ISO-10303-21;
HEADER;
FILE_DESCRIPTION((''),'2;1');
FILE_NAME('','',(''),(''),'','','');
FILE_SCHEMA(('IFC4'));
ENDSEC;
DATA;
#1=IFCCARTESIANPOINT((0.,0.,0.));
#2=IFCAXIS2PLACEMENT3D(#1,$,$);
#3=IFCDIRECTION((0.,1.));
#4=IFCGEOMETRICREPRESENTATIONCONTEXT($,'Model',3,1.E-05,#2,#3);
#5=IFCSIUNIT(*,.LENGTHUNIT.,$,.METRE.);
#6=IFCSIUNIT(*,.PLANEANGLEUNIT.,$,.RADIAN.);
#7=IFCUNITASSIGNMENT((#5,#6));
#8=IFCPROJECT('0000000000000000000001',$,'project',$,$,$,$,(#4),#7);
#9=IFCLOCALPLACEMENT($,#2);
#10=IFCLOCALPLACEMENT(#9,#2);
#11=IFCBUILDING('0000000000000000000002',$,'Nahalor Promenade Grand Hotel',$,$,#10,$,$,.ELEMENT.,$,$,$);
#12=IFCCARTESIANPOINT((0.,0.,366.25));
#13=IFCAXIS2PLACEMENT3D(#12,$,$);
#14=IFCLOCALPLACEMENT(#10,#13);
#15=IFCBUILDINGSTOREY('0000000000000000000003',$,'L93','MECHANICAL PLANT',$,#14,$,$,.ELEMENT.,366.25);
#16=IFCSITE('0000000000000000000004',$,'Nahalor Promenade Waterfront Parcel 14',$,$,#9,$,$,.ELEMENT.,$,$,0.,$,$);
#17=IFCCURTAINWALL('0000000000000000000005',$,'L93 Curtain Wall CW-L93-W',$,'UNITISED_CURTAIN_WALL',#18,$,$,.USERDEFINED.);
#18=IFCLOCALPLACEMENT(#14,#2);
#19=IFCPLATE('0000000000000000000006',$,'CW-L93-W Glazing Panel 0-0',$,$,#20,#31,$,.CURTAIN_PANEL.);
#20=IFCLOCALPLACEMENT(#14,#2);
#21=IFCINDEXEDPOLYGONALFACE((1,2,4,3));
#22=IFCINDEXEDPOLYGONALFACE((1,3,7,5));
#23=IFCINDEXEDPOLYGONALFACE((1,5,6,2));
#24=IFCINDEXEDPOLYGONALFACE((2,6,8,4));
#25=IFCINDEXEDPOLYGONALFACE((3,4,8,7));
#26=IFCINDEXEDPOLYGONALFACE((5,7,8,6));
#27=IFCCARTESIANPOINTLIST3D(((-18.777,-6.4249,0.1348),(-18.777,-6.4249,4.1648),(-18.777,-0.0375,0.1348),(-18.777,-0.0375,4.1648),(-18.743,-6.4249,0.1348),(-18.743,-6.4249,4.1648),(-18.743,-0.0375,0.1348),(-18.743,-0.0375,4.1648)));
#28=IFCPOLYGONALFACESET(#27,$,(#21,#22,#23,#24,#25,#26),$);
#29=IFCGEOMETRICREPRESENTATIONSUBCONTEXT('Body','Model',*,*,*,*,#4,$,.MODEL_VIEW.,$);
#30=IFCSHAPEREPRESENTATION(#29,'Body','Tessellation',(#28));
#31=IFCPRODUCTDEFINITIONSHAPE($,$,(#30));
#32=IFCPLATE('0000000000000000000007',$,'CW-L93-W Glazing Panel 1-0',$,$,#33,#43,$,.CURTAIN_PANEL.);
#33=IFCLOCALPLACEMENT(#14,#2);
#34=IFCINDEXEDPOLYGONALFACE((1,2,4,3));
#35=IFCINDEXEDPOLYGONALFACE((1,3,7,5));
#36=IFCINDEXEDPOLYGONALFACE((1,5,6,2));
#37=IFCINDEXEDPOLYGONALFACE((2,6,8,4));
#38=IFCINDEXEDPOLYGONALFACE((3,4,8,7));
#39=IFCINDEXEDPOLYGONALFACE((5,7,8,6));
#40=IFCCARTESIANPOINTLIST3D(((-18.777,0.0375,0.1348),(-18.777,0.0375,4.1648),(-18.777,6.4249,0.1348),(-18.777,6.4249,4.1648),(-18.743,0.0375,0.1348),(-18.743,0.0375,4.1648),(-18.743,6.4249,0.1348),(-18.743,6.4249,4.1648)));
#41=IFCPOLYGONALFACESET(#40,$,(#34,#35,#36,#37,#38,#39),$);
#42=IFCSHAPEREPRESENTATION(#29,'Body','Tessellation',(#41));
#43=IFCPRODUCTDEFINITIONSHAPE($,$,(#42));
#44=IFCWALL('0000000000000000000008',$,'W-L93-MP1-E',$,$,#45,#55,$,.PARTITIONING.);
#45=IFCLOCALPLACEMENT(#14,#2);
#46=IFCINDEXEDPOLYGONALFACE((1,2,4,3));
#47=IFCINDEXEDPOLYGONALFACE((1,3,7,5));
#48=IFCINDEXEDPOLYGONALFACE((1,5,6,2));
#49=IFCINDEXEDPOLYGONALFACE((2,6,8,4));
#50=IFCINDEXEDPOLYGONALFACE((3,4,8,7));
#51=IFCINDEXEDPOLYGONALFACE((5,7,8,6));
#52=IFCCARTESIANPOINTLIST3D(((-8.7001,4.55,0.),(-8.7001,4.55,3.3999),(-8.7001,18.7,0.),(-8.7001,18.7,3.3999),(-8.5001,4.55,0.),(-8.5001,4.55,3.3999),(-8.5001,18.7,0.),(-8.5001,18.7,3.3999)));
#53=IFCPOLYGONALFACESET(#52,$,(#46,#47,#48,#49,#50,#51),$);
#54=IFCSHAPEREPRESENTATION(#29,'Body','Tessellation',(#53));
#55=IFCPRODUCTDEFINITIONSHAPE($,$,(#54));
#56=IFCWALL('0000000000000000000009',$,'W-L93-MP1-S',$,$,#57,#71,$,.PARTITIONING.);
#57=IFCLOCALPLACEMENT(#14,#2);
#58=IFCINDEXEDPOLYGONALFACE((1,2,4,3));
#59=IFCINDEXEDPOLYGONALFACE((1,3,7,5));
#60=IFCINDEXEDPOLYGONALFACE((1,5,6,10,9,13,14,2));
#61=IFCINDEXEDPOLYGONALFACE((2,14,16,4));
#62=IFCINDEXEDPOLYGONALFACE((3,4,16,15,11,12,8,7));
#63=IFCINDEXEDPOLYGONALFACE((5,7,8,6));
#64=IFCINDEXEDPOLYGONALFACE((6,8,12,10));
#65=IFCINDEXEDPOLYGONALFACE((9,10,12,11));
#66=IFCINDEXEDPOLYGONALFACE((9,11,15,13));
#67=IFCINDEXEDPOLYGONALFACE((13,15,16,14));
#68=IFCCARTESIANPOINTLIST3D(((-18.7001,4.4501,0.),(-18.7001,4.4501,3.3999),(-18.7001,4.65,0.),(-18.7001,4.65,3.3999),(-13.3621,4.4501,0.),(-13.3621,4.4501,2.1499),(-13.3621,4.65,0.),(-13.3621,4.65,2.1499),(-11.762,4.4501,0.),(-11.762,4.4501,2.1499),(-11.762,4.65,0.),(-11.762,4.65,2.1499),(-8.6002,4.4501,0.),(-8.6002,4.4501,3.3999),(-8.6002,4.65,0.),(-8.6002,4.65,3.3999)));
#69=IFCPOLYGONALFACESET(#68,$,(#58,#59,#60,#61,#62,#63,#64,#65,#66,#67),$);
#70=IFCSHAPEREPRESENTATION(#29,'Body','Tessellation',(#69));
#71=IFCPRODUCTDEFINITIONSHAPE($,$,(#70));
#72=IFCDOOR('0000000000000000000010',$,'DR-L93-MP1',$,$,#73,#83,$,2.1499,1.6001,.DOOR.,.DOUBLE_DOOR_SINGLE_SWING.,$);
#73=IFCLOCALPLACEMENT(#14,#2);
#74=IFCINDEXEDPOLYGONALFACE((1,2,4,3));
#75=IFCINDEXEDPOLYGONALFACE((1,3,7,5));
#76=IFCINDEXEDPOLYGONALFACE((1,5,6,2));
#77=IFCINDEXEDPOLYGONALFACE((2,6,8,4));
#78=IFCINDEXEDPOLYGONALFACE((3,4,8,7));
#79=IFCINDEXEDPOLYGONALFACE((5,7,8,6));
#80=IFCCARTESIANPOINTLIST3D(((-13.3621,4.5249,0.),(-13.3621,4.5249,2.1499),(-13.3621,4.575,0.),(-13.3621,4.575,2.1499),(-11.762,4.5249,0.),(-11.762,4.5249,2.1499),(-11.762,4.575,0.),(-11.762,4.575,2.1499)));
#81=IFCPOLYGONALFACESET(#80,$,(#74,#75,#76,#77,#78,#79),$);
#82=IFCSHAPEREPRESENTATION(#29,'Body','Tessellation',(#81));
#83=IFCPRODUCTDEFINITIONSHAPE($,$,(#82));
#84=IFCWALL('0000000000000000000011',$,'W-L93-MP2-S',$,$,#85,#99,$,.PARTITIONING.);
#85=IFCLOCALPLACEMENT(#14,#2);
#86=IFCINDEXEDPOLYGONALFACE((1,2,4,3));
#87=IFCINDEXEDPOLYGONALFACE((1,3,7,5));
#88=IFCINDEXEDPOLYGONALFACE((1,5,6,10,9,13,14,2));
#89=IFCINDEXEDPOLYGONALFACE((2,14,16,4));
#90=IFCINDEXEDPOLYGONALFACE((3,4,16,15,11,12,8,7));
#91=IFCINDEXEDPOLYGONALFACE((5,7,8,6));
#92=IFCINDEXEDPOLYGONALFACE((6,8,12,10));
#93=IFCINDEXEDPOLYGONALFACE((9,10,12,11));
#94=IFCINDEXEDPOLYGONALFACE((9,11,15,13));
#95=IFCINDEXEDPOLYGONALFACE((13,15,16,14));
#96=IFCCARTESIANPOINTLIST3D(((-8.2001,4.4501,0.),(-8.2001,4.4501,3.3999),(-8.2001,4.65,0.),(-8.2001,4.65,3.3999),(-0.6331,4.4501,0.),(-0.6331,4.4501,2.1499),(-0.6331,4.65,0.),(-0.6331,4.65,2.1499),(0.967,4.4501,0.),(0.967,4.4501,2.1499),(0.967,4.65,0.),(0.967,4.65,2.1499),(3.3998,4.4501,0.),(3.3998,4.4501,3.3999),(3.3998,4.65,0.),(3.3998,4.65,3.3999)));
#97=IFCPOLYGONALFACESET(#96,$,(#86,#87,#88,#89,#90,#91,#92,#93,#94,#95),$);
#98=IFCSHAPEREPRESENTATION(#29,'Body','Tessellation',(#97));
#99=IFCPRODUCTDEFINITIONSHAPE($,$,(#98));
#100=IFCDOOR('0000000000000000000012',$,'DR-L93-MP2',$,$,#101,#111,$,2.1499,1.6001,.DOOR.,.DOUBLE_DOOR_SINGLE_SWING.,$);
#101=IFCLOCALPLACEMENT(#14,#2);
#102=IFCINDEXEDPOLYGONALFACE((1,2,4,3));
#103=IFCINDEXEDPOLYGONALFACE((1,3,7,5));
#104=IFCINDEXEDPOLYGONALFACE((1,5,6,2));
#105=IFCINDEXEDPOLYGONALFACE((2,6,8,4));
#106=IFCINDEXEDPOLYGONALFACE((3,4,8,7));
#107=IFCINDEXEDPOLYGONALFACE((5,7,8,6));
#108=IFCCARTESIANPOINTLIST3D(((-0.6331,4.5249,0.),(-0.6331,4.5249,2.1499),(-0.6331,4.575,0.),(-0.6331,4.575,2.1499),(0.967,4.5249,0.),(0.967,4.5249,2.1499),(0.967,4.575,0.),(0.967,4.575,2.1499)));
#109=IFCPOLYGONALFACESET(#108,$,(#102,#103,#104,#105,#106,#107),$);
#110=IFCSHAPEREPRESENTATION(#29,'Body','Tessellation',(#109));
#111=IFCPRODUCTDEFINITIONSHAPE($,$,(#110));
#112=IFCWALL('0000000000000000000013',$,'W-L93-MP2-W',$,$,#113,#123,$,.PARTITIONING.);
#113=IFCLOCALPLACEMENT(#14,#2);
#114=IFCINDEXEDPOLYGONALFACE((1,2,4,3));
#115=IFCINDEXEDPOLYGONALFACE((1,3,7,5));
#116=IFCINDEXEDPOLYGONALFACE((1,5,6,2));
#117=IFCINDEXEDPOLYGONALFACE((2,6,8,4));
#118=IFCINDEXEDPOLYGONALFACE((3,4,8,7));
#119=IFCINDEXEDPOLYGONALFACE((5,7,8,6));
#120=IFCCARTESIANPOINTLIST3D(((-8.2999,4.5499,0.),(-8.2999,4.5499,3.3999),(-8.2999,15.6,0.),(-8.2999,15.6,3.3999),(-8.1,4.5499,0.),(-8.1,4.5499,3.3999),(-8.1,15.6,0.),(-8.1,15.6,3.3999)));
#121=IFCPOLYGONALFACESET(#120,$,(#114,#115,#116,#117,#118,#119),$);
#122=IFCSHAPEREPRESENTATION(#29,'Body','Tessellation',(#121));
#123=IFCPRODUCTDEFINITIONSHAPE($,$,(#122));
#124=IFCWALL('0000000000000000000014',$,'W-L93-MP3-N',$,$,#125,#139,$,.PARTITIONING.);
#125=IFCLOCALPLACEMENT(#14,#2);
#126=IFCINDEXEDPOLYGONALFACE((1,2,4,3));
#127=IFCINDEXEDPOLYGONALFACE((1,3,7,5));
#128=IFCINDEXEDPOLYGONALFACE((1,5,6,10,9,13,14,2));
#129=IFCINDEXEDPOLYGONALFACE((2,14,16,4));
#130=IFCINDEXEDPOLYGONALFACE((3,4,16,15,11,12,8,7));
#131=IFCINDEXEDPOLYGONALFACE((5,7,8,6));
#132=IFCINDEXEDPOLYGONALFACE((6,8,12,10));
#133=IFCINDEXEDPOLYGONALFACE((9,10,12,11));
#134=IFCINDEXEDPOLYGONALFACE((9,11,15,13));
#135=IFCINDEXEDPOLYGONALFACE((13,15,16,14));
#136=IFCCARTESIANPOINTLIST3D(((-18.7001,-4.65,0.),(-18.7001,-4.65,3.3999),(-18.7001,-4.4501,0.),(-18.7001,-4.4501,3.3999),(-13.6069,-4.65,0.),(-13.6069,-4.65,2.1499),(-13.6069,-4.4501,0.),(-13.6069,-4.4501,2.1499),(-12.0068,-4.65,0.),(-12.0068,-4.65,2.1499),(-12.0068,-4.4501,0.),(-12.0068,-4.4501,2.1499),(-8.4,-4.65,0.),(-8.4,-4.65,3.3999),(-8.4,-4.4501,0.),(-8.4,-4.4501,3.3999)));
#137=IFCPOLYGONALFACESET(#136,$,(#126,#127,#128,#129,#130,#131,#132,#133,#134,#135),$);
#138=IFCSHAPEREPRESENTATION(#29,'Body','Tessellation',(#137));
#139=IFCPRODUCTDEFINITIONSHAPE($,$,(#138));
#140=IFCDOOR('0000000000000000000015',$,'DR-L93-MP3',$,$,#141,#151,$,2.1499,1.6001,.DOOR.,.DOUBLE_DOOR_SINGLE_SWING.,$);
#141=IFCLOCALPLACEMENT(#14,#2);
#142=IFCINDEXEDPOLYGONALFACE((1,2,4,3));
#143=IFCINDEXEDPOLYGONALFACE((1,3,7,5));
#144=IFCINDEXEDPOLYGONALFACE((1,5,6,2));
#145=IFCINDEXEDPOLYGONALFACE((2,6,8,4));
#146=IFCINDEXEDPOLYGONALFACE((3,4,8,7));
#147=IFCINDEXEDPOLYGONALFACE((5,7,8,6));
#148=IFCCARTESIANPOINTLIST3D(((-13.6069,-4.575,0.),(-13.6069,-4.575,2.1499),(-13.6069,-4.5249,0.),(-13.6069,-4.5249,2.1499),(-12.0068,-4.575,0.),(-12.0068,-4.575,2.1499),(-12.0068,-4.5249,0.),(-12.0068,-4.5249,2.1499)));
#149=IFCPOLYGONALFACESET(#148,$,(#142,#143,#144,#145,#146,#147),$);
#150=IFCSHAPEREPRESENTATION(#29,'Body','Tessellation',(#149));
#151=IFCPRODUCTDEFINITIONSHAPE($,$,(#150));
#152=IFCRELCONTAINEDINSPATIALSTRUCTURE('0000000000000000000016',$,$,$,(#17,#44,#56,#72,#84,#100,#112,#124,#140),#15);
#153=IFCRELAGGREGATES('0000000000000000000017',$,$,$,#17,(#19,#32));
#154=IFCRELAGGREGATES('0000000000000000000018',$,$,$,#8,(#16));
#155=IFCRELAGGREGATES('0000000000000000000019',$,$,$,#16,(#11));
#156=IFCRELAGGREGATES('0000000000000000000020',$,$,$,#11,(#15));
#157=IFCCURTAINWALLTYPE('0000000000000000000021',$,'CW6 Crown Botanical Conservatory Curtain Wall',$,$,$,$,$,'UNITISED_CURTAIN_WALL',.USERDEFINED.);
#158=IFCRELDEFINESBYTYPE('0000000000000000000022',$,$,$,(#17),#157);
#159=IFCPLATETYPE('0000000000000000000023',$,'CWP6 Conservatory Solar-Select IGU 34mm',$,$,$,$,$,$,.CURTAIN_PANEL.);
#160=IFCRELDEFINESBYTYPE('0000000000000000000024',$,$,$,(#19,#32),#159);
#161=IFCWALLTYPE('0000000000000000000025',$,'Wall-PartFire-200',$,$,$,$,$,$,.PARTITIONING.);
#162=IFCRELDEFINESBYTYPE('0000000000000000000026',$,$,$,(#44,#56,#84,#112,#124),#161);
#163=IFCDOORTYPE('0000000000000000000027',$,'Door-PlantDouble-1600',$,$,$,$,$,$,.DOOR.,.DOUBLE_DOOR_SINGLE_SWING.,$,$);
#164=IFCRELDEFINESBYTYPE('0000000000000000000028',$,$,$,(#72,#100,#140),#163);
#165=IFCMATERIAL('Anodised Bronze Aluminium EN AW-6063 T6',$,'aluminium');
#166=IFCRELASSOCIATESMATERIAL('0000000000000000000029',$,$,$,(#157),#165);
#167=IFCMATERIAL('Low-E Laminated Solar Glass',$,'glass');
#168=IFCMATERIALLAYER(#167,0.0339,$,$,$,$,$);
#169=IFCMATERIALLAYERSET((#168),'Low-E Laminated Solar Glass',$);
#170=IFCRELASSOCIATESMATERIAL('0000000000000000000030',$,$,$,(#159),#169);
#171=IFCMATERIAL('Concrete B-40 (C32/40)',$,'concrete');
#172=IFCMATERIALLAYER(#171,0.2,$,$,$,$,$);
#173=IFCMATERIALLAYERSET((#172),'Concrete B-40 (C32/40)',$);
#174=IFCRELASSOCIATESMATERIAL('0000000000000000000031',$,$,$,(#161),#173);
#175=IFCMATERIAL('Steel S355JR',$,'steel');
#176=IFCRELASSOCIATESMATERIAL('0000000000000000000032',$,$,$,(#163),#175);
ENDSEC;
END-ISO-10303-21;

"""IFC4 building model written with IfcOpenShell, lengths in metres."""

from ifc_helpers import new_model, si_unit, direction, frame, frame_2d, origin, origin_2d, place, context, subcontext, project, spatial, rectangle, extrude, source, transform, mapped, material, layer, layer_set, type_object, element, fill, aggregate, save


model = new_model("IFC4")

# Units and contexts
model_context = context("Model", 3, precision=1e-05, world=origin(), true_north=direction((0.0, 1.0)))
body_context = subcontext(model_context, "Body", "Model", "MODEL_VIEW")
ifc_project = project(units=[si_unit("LENGTHUNIT", "METRE"), si_unit("PLANEANGLEUNIT", "RADIAN")], contexts=[model_context])

# Site, building, storey
site_placement = place(None, origin())
site = spatial("IfcSite", under=ifc_project, at=site_placement, Name="Nahalor Promenade Waterfront Parcel 14", CompositionType="ELEMENT", RefElevation=0.0)
building_placement = place(site_placement, origin())
building = spatial("IfcBuilding", under=site, at=building_placement, Name="Nahalor Promenade Grand Hotel", CompositionType="ELEMENT")
storey_placement = place(building_placement, frame((0.0, 0.0, 366.25)))
storey = spatial("IfcBuildingStorey", under=building, at=storey_placement, Name="L93", Description="MECHANICAL PLANT", CompositionType="ELEMENT", Elevation=366.25)

# Shared definitions
ifc_material_1 = material(Name="Steel S355JR", Category="steel")

# Curtain wall
ifc_material_2 = material(Name="Anodised Bronze Aluminium EN AW-6063 T6", Category="aluminium")
curtain_wall_type = type_object("IfcCurtainWallType", Name="CW6 Crown Botanical Conservatory Curtain Wall", ElementType="UNITISED_CURTAIN_WALL", PredefinedType="USERDEFINED", material=ifc_material_2)
curtain_wall_placement = place(storey_placement, origin())
curtain_wall = element("IfcCurtainWall", 1, at=curtain_wall_placement, inside=storey, type_object=curtain_wall_type, Name="L93 Curtain Wall CW-L93-W", ObjectType="UNITISED_CURTAIN_WALL", PredefinedType="USERDEFINED")

# Plates
ifc_material_3 = material(Name="Low-E Laminated Solar Glass", Category="glass")
ifc_layer_1 = layer(ifc_material_3, 0.0339)
ifc_layer_set_1 = layer_set([ifc_layer_1], Name="Low-E Laminated Solar Glass")
plate_type = type_object("IfcPlateType", Name="CWP6 Conservatory Solar-Select IGU 34mm", PredefinedType="CURTAIN_PANEL", material=ifc_layer_set_1)
shared_shape_1 = source(origin(), body_context, "Body", "SweptSolid", [
    extrude(rectangle(XDim=6.3875, YDim=0.0339, at=origin_2d()), origin(), (0.0, 0.0, 1.0), 4.03),
])
plate_1_placement = place(storey_placement, frame((-18.76, -3.2312, 0.1348), z_axis=(0.0, 0.0, 1.0), x_axis=(0.0, 1.0, 0.0)))
plate_1 = element("IfcPlate", 2, at=plate_1_placement, type_object=plate_type, Name="CW-L93-W Glazing Panel 0-0", PredefinedType="CURTAIN_PANEL", context=body_context, shape_type="MappedRepresentation", body=[
    mapped(shared_shape_1, transform((0.0, 0.0, 0.0), scale=1.0)),
])
plate_2_placement = place(storey_placement, frame((-18.76, 3.2312, 0.1348), z_axis=(0.0, 0.0, 1.0), x_axis=(0.0, 1.0, 0.0)))
plate_2 = element("IfcPlate", 3, at=plate_2_placement, type_object=plate_type, Name="CW-L93-W Glazing Panel 1-0", PredefinedType="CURTAIN_PANEL", context=body_context, shape_type="MappedRepresentation", body=[
    mapped(shared_shape_1, transform((0.0, 0.0, 0.0), scale=1.0)),
])
aggregate(curtain_wall, [plate_1, plate_2])

# Wall
ifc_material_4 = material(Name="Concrete B-40 (C32/40)", Category="concrete")
ifc_layer_2 = layer(ifc_material_4, 0.2)
ifc_layer_set_2 = layer_set([ifc_layer_2], Name="Concrete B-40 (C32/40)")
wall_type = type_object("IfcWallType", Name="Wall-PartFire-200", PredefinedType="PARTITIONING", material=ifc_layer_set_2)
shared_shape_2 = source(origin(), body_context, "Body", "SweptSolid", [
    extrude(rectangle(XDim=14.1499, YDim=0.2, at=frame_2d((7.075, 0.0))), origin(), (0.0, 0.0, 1.0), 3.3999),
])
wall_1_placement = place(storey_placement, frame((-8.6001, 4.55, 0.0), z_axis=(0.0, 0.0, 1.0), x_axis=(0.0, 1.0, 0.0)))
element("IfcWall", 4, at=wall_1_placement, inside=storey, type_object=wall_type, Name="W-L93-MP1-E", PredefinedType="PARTITIONING", context=body_context, shape_type="MappedRepresentation", body=[
    mapped(shared_shape_2, transform((0.0, 0.0, 0.0), scale=1.0)),
])

# Walls, openings, doors
shared_shape_3 = source(origin(), body_context, "Body", "SweptSolid", [
    extrude(rectangle(XDim=10.0999, YDim=0.2, at=frame_2d((5.0498, 0.0))), origin(), (0.0, 0.0, 1.0), 3.3999),
])
wall_2_placement = place(storey_placement, frame((-18.7, 4.55, 0.0), z_axis=(0.0, 0.0, 1.0), x_axis=(1.0, 0.0, 0.0)))
wall_2 = element("IfcWall", 5, at=wall_2_placement, inside=storey, type_object=wall_type, Name="W-L93-MP1-S", PredefinedType="PARTITIONING", context=body_context, shape_type="MappedRepresentation", body=[
    mapped(shared_shape_3, transform((0.0, 0.0, 0.0), scale=1.0)),
])
opening_1_placement = place(wall_2_placement, frame((5.3379, 0.0, 0.0)))
opening_1 = element("IfcOpeningElement", 6, at=opening_1_placement, cuts=wall_2, PredefinedType="OPENING", context=body_context, shape_type="SweptSolid", body=[
    extrude(rectangle(XDim=1.6001, YDim=2.1499, at=frame_2d((0.8, 1.075))), frame((0.0, 0.1099, 0.0), z_axis=(0.0, -1.0, 0.0), x_axis=(1.0, 0.0, 0.0)), (0.0, 0.0, 1.0), 0.22),
])
door_type = type_object("IfcDoorType", Name="Door-PlantDouble-1600", OperationType="DOUBLE_DOOR_SINGLE_SWING", PredefinedType="DOOR", material=ifc_material_1)
shared_shape_4 = source(origin(), body_context, "Body", "SweptSolid", [
    extrude(rectangle(XDim=1.6001, YDim=2.1499, at=frame_2d((0.8, 1.075))), frame((0.0, 0.0249, 0.0), z_axis=(0.0, -1.0, 0.0), x_axis=(1.0, 0.0, 0.0)), (0.0, 0.0, 1.0), 0.05),
])
door_1_placement = place(opening_1_placement, origin())
door_1 = element("IfcDoor", 7, at=door_1_placement, inside=storey, type_object=door_type, Name="DR-L93-MP1", OperationType="DOUBLE_DOOR_SINGLE_SWING", OverallHeight=2.1499, OverallWidth=1.6001, PredefinedType="DOOR", context=body_context, shape_type="MappedRepresentation", body=[
    mapped(shared_shape_4, transform((0.0, 0.0, 0.0), scale=1.0)),
])
fill(opening_1, door_1)
shared_shape_5 = source(origin(), body_context, "Body", "SweptSolid", [
    extrude(rectangle(XDim=11.5999, YDim=0.2, at=frame_2d((5.7998, 0.0))), origin(), (0.0, 0.0, 1.0), 3.3999),
])
wall_3_placement = place(storey_placement, frame((-8.2, 4.55, 0.0), z_axis=(0.0, 0.0, 1.0), x_axis=(1.0, 0.0, 0.0)))
wall_3 = element("IfcWall", 8, at=wall_3_placement, inside=storey, type_object=wall_type, Name="W-L93-MP2-S", PredefinedType="PARTITIONING", context=body_context, shape_type="MappedRepresentation", body=[
    mapped(shared_shape_5, transform((0.0, 0.0, 0.0), scale=1.0)),
])
opening_2_placement = place(wall_3_placement, frame((7.5669, 0.0, 0.0)))
opening_2 = element("IfcOpeningElement", 9, at=opening_2_placement, cuts=wall_3, PredefinedType="OPENING", context=body_context, shape_type="SweptSolid", body=[
    extrude(rectangle(XDim=1.6001, YDim=2.1499, at=frame_2d((0.8, 1.075))), frame((0.0, 0.1099, 0.0), z_axis=(0.0, -1.0, 0.0), x_axis=(1.0, 0.0, 0.0)), (0.0, 0.0, 1.0), 0.22),
])
door_2_placement = place(opening_2_placement, origin())
door_2 = element("IfcDoor", 10, at=door_2_placement, inside=storey, type_object=door_type, Name="DR-L93-MP2", OperationType="DOUBLE_DOOR_SINGLE_SWING", OverallHeight=2.1499, OverallWidth=1.6001, PredefinedType="DOOR", context=body_context, shape_type="MappedRepresentation", body=[
    mapped(shared_shape_4, transform((0.0, 0.0, 0.0), scale=1.0)),
])
fill(opening_2, door_2)

# Wall
shared_shape_6 = source(origin(), body_context, "Body", "SweptSolid", [
    extrude(rectangle(XDim=11.05, YDim=0.2, at=frame_2d((5.5249, 0.0))), origin(), (0.0, 0.0, 1.0), 3.3999),
])
wall_4_placement = place(storey_placement, frame((-8.2, 4.55, 0.0), z_axis=(0.0, 0.0, 1.0), x_axis=(0.0, 1.0, 0.0)))
element("IfcWall", 11, at=wall_4_placement, inside=storey, type_object=wall_type, Name="W-L93-MP2-W", PredefinedType="PARTITIONING", context=body_context, shape_type="MappedRepresentation", body=[
    mapped(shared_shape_6, transform((0.0, 0.0, 0.0), scale=1.0)),
])

# Wall, opening, door
shared_shape_7 = source(origin(), body_context, "Body", "SweptSolid", [
    extrude(rectangle(XDim=10.3, YDim=0.2, at=frame_2d((5.1499, 0.0))), origin(), (0.0, 0.0, 1.0), 3.3999),
])
wall_5_placement = place(storey_placement, frame((-18.7, -4.55, 0.0), z_axis=(0.0, 0.0, 1.0), x_axis=(1.0, 0.0, 0.0)))
wall_5 = element("IfcWall", 12, at=wall_5_placement, inside=storey, type_object=wall_type, Name="W-L93-MP3-N", PredefinedType="PARTITIONING", context=body_context, shape_type="MappedRepresentation", body=[
    mapped(shared_shape_7, transform((0.0, 0.0, 0.0), scale=1.0)),
])
opening_3_placement = place(wall_5_placement, frame((5.093, 0.0, 0.0)))
opening_3 = element("IfcOpeningElement", 13, at=opening_3_placement, cuts=wall_5, PredefinedType="OPENING", context=body_context, shape_type="SweptSolid", body=[
    extrude(rectangle(XDim=1.6001, YDim=2.1499, at=frame_2d((0.8, 1.075))), frame((0.0, 0.1099, 0.0), z_axis=(0.0, -1.0, 0.0), x_axis=(1.0, 0.0, 0.0)), (0.0, 0.0, 1.0), 0.22),
])
door_3_placement = place(opening_3_placement, frame((1.6001, 0.0, 0.0), z_axis=(0.0, 0.0, 1.0), x_axis=(-1.0, 0.0, 0.0)))
door_3 = element("IfcDoor", 14, at=door_3_placement, inside=storey, type_object=door_type, Name="DR-L93-MP3", OperationType="DOUBLE_DOOR_SINGLE_SWING", OverallHeight=2.1499, OverallWidth=1.6001, PredefinedType="DOOR", context=body_context, shape_type="MappedRepresentation", body=[
    mapped(shared_shape_4, transform((0.0, 0.0, 0.0), scale=1.0)),
])
fill(opening_3, door_3)

save(model, "model.ifc")
